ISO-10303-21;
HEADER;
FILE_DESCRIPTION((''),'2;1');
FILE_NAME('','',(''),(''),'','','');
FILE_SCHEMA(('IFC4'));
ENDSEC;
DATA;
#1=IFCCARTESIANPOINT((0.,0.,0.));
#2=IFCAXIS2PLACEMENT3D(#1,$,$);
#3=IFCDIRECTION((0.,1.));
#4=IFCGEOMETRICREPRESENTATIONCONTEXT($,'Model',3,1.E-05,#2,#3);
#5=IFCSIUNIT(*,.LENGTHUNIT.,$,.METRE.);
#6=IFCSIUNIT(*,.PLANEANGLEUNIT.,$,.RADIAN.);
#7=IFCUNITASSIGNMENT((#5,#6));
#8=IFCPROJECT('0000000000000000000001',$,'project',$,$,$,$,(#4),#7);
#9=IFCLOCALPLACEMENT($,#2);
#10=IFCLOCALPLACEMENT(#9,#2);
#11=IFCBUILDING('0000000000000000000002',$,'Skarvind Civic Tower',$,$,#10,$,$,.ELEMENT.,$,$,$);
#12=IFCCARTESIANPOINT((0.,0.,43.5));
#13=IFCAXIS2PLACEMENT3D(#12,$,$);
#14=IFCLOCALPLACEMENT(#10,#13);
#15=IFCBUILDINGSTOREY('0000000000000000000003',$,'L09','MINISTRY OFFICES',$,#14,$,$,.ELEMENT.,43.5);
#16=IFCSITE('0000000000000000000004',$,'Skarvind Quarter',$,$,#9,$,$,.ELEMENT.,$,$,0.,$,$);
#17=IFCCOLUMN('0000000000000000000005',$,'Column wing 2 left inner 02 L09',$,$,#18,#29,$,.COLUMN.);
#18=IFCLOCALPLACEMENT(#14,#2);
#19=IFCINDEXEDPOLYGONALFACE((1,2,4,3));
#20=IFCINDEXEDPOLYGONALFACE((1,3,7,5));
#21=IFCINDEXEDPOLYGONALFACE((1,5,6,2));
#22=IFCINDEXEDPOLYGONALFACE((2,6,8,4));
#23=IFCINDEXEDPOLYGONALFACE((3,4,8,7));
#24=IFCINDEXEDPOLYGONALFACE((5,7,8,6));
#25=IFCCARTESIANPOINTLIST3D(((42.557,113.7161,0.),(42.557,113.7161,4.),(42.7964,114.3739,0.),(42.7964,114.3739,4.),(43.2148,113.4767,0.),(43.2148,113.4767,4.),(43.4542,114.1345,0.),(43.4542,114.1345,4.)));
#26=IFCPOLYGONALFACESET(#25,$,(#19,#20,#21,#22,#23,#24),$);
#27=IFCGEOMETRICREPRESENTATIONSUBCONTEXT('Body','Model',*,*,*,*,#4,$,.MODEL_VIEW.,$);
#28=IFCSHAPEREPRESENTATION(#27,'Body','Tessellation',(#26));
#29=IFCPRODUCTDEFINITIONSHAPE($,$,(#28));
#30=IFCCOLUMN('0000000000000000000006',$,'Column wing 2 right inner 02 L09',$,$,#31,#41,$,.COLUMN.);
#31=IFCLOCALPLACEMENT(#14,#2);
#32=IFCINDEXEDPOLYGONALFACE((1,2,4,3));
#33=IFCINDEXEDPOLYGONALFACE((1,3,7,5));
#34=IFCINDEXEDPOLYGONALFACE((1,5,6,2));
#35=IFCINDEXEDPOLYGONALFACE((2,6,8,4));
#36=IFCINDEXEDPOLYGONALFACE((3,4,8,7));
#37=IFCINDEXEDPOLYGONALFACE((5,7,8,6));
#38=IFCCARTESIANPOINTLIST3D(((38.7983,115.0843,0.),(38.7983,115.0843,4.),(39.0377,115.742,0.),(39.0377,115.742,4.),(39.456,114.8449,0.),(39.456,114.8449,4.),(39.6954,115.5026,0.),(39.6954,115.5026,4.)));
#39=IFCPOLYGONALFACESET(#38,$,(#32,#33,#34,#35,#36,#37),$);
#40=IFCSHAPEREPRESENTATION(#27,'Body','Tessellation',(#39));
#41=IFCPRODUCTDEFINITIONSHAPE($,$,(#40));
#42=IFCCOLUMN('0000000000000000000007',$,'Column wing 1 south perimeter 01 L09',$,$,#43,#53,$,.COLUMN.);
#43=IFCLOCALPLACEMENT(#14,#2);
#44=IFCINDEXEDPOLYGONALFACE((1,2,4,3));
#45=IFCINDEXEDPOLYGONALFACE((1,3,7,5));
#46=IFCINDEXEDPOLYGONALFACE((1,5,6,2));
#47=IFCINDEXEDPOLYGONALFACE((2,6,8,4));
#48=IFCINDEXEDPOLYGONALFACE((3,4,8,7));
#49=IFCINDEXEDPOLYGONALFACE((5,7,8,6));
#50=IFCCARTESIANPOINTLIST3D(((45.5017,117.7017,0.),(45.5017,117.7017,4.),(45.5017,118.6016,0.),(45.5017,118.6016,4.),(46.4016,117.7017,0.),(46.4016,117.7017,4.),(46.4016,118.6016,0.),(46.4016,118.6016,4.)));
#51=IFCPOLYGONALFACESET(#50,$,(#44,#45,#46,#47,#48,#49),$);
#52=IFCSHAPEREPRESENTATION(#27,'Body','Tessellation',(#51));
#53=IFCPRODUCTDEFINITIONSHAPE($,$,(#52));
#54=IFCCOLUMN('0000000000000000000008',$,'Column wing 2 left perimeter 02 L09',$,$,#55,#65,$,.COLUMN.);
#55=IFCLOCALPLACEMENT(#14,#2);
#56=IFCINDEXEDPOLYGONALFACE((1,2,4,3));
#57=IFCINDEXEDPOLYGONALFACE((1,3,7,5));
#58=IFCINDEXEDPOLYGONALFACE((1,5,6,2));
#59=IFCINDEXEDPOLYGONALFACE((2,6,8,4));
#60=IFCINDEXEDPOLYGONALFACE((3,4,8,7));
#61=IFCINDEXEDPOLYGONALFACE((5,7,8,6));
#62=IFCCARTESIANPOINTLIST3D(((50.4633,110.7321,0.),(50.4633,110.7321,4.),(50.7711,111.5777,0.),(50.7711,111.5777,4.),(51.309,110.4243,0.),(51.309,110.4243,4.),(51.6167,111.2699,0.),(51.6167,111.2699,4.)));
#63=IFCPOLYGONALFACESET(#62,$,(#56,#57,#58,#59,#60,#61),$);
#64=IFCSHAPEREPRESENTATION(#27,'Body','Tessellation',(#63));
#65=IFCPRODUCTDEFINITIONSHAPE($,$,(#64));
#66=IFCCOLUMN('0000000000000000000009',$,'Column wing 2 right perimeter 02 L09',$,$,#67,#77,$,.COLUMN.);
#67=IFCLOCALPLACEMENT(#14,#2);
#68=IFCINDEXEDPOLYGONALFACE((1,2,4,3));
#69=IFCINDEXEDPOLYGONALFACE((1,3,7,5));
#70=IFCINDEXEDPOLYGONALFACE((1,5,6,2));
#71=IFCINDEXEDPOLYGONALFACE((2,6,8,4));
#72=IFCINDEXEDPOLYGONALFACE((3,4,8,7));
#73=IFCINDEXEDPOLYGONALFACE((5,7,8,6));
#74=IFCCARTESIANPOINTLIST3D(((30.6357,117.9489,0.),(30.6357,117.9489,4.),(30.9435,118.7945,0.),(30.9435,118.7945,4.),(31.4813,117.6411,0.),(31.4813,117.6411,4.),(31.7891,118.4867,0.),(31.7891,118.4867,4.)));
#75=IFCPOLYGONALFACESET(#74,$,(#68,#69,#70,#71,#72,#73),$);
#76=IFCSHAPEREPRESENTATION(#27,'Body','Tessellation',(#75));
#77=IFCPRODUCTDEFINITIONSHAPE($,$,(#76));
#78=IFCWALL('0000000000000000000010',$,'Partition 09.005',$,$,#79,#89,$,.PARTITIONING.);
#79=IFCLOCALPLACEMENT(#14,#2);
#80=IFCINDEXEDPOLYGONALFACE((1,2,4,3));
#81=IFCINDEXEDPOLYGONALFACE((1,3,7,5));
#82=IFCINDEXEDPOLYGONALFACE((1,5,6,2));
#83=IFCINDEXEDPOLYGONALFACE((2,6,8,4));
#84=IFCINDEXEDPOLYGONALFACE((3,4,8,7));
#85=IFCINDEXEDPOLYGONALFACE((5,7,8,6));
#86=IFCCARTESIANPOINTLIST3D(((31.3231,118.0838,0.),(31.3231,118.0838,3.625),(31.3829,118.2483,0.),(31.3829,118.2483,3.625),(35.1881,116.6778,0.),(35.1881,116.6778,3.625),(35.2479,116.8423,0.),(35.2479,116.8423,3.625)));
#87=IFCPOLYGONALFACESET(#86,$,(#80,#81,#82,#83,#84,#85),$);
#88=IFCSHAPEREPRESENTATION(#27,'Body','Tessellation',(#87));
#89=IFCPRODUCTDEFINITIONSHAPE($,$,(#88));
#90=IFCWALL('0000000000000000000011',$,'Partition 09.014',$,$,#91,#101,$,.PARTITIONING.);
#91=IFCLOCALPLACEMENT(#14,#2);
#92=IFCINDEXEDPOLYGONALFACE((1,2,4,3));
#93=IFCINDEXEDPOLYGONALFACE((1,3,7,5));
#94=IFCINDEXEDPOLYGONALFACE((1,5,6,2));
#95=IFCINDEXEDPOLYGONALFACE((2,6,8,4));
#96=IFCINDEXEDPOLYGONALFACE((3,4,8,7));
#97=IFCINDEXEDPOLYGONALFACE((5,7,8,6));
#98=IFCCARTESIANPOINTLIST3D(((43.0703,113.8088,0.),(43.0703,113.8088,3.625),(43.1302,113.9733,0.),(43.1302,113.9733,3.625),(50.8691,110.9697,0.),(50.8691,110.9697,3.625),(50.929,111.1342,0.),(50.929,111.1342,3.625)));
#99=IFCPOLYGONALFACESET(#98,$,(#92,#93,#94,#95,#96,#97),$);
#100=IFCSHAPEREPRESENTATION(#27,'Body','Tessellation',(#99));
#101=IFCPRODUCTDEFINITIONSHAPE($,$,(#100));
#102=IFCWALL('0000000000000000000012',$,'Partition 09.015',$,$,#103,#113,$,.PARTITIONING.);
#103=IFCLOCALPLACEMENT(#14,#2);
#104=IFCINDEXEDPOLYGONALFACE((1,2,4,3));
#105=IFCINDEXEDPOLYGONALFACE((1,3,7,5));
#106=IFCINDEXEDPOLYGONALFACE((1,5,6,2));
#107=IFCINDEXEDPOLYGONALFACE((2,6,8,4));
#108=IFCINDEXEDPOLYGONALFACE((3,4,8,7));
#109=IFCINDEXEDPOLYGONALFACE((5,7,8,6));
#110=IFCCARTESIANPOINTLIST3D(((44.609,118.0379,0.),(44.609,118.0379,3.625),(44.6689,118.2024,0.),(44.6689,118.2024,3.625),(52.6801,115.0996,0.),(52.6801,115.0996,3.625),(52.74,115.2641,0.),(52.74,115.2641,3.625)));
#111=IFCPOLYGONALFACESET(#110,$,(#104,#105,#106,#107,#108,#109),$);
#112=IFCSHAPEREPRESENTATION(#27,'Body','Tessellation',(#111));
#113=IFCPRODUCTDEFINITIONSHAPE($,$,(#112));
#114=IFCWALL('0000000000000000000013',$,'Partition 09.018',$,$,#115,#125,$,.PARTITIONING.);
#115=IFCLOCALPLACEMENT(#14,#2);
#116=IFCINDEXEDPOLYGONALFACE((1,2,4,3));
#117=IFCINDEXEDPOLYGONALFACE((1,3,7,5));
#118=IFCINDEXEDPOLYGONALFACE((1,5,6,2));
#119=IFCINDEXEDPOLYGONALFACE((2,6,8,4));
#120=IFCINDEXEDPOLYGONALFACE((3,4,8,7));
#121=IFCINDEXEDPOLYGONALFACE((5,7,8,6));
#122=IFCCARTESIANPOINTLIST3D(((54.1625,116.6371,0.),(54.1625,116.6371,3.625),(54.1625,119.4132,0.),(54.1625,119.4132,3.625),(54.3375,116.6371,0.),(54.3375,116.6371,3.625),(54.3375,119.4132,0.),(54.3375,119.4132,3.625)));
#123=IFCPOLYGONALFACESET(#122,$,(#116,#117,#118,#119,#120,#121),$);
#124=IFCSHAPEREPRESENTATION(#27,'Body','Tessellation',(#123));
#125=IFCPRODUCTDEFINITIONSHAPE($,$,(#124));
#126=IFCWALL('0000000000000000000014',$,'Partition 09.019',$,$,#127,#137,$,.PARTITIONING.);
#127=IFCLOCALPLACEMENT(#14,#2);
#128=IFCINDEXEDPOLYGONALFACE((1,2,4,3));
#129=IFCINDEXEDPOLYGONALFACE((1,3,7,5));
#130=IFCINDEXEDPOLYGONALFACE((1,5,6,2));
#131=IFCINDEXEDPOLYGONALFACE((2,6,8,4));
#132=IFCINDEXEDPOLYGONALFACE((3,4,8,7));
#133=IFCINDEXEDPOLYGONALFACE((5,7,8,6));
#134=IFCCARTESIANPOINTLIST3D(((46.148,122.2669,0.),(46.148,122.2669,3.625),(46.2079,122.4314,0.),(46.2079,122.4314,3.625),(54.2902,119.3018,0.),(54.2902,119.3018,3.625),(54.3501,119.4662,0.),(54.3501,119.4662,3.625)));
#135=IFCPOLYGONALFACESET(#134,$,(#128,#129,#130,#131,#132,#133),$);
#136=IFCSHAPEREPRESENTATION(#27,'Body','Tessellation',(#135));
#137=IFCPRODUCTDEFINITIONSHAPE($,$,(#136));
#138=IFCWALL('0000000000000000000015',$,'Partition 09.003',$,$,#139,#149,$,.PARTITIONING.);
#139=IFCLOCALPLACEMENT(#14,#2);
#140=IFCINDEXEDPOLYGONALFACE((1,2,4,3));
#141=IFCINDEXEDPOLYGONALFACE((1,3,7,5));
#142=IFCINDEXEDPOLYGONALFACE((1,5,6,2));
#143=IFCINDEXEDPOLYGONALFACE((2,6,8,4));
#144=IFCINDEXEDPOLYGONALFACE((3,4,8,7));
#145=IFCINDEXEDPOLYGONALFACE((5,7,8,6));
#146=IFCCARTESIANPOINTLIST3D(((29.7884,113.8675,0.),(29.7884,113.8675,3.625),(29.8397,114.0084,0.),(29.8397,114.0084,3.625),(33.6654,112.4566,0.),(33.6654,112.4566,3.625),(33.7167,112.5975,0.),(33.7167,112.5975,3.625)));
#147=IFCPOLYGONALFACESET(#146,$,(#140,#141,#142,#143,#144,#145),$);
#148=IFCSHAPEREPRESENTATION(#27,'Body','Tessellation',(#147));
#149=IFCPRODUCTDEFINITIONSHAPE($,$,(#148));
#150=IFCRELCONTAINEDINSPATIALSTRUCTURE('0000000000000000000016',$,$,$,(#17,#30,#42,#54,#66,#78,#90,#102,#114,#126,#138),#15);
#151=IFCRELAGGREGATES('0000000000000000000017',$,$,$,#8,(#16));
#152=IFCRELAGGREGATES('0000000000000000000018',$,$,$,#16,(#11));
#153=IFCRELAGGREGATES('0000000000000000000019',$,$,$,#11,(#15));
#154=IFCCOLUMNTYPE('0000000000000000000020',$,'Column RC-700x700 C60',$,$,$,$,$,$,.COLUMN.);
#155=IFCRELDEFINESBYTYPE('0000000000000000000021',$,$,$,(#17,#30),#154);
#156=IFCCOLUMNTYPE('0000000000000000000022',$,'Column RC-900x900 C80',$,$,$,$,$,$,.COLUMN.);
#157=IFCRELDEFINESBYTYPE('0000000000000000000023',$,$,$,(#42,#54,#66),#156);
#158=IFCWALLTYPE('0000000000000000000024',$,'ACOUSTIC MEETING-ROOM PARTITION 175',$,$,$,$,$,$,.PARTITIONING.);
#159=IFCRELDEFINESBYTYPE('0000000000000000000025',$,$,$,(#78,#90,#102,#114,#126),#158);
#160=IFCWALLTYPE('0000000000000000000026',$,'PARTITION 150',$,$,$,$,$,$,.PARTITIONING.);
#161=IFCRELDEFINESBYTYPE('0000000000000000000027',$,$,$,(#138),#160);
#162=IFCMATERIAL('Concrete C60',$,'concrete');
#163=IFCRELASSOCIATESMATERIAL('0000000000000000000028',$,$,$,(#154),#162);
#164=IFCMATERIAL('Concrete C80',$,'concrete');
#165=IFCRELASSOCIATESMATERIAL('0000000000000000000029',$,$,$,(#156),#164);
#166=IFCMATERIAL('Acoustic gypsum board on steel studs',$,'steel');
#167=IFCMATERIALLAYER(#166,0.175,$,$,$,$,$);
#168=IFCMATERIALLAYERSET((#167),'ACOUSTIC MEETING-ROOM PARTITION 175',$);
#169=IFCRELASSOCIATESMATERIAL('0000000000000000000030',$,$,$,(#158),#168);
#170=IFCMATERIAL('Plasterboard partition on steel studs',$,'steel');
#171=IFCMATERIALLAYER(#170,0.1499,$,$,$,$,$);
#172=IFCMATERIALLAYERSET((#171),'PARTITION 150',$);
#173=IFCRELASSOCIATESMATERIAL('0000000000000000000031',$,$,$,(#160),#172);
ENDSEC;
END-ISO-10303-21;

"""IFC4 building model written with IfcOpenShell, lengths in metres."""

from ifc_helpers import new_model, si_unit, direction, frame, frame_2d, origin, origin_2d, place, context, subcontext, project, spatial, rectangle, extrude, material, layer, layer_set, material_profile, profile_set, type_object, element, save


model = new_model("IFC4")

# Units and contexts
model_context = context("Model", 3, precision=1e-05, world=origin(), true_north=direction((0.0, 1.0)))
body_context = subcontext(model_context, "Body", "Model", "MODEL_VIEW")
ifc_project = project(units=[si_unit("LENGTHUNIT", "METRE"), si_unit("PLANEANGLEUNIT", "RADIAN")], contexts=[model_context])

# Site, building, storey
site_placement = place(None, origin())
site = spatial("IfcSite", under=ifc_project, at=site_placement, Name="Skarvind Quarter", CompositionType="ELEMENT", RefElevation=0.0)
building_placement = place(site_placement, origin())
building = spatial("IfcBuilding", under=site, at=building_placement, Name="Skarvind Civic Tower", CompositionType="ELEMENT")
storey_placement = place(building_placement, frame((0.0, 0.0, 43.5)))
storey = spatial("IfcBuildingStorey", under=building, at=storey_placement, Name="L09", Description="MINISTRY OFFICES", CompositionType="ELEMENT", Elevation=43.5)

# Columns
ifc_material_1 = material(Name="Concrete C60", Category="concrete")
ifc_material_profile_1 = material_profile(ifc_material_1, rectangle(XDim=0.7, YDim=0.7, at=origin_2d()), Name="RC-700x700")
ifc_profile_set_1 = profile_set([ifc_material_profile_1], Name="Concrete C60")
column_type_1 = type_object("IfcColumnType", Name="Column RC-700x700 C60", PredefinedType="COLUMN", material=ifc_profile_set_1)
for number, where, z_axis, x_axis, name in (
    (1, (43.0056, 113.9253, 0.0), (0.0, 0.0, 1.0), (-0.34202, -0.939693, 0.0), "Column wing 2 left inner 02 L09"),
    (2, (39.2468, 115.2935, 0.0), (0.0, 0.0, 1.0), (-0.34202, -0.939693, 0.0), "Column wing 2 right inner 02 L09"),
):
    element("IfcColumn", number, at=place(storey_placement, frame(where, z_axis=z_axis, x_axis=x_axis)), inside=storey, type_object=column_type_1, Name=name, PredefinedType="COLUMN", context=body_context, shape_type="SweptSolid", body=[
        extrude(rectangle(XDim=0.7, YDim=0.7, at=origin_2d()), origin(), (0.0, 0.0, 1.0), 4.0),
    ])
ifc_material_2 = material(Name="Concrete C80", Category="concrete")
ifc_material_profile_2 = material_profile(ifc_material_2, rectangle(XDim=0.8999, YDim=0.8999, at=origin_2d()), Name="RC-900x900")
ifc_profile_set_2 = profile_set([ifc_material_profile_2], Name="Concrete C80")
column_type_2 = type_object("IfcColumnType", Name="Column RC-900x900 C80", PredefinedType="COLUMN", material=ifc_profile_set_2)
for number, where, z_axis, x_axis, name in (
    (3, (45.9517, 118.1516, 0.0), (0.0, 0.0, 1.0), (1.0, 0.0, 0.0), "Column wing 1 south perimeter 01 L09"),
    (4, (51.04, 111.001, 0.0), (0.0, 0.0, 1.0), (-0.34202, -0.939693, 0.0), "Column wing 2 left perimeter 02 L09"),
    (5, (31.2124, 118.2178, 0.0), (0.0, 0.0, 1.0), (-0.34202, -0.939693, 0.0), "Column wing 2 right perimeter 02 L09"),
):
    element("IfcColumn", number, at=place(storey_placement, frame(where, z_axis=z_axis, x_axis=x_axis)), inside=storey, type_object=column_type_2, Name=name, PredefinedType="COLUMN", context=body_context, shape_type="SweptSolid", body=[
        extrude(rectangle(XDim=0.8999, YDim=0.8999, at=origin_2d()), origin(), (0.0, 0.0, 1.0), 4.0),
    ])

# Walls
ifc_material_3 = material(Name="Acoustic gypsum board on steel studs", Category="steel")
ifc_layer_1 = layer(ifc_material_3, 0.175)
ifc_layer_set_1 = layer_set([ifc_layer_1], Name="ACOUSTIC MEETING-ROOM PARTITION 175")
wall_type_1 = type_object("IfcWallType", Name="ACOUSTIC MEETING-ROOM PARTITION 175", PredefinedType="PARTITIONING", material=ifc_layer_set_1)
wall_1_placement = place(storey_placement, frame((31.353, 118.166, 0.0), z_axis=(0.0, 0.0, 1.0), x_axis=(0.93975, -0.341862, 0.0)))
element("IfcWall", 6, at=wall_1_placement, inside=storey, type_object=wall_type_1, Name="Partition 09.005", PredefinedType="PARTITIONING", context=body_context, shape_type="SweptSolid", body=[
    extrude(rectangle(XDim=4.1128, YDim=0.175, at=frame_2d((2.0564, 0.0))), origin(), (0.0, 0.0, 1.0), 3.625),
])
wall_2_placement = place(storey_placement, frame((43.1001, 113.8911, 0.0), z_axis=(0.0, 0.0, 1.0), x_axis=(0.939671, -0.342081, 0.0)))
element("IfcWall", 7, at=wall_2_placement, inside=storey, type_object=wall_type_1, Name="Partition 09.014", PredefinedType="PARTITIONING", context=body_context, shape_type="SweptSolid", body=[
    extrude(rectangle(XDim=8.2996, YDim=0.175, at=frame_2d((4.1499, 0.0))), origin(), (0.0, 0.0, 1.0), 3.625),
])
wall_3_placement = place(storey_placement, frame((44.6389, 118.1201, 0.0), z_axis=(0.0, 0.0, 1.0), x_axis=(0.93967, -0.342083, 0.0)))
element("IfcWall", 8, at=wall_3_placement, inside=storey, type_object=wall_type_1, Name="Partition 09.015", PredefinedType="PARTITIONING", context=body_context, shape_type="SweptSolid", body=[
    extrude(rectangle(XDim=8.5894, YDim=0.175, at=frame_2d((4.2947, 0.0))), origin(), (0.0, 0.0, 1.0), 3.625),
])
wall_4_placement = place(storey_placement, frame((54.25, 116.637, 0.0), z_axis=(0.0, 0.0, 1.0), x_axis=(0.0, 1.0, 0.0)))
element("IfcWall", 9, at=wall_4_placement, inside=storey, type_object=wall_type_1, Name="Partition 09.018", PredefinedType="PARTITIONING", context=body_context, shape_type="SweptSolid", body=[
    extrude(rectangle(XDim=2.7761, YDim=0.175, at=frame_2d((1.3882, 0.0))), origin(), (0.0, 0.0, 1.0), 3.625),
])
wall_5_placement = place(storey_placement, frame((54.3201, 119.384, 0.0), z_axis=(0.0, 0.0, 1.0), x_axis=(-0.939633, 0.342184, 0.0)))
element("IfcWall", 10, at=wall_5_placement, inside=storey, type_object=wall_type_1, Name="Partition 09.019", PredefinedType="PARTITIONING", context=body_context, shape_type="SweptSolid", body=[
    extrude(rectangle(XDim=8.6653, YDim=0.175, at=frame_2d((4.3325, 0.0))), origin(), (0.0, 0.0, 1.0), 3.625),
])
ifc_material_4 = material(Name="Plasterboard partition on steel studs", Category="steel")
ifc_layer_2 = layer(ifc_material_4, 0.1499)
ifc_layer_set_2 = layer_set([ifc_layer_2], Name="PARTITION 150")
wall_type_2 = type_object("IfcWallType", Name="PARTITION 150", PredefinedType="PARTITIONING", material=ifc_layer_set_2)
wall_6_placement = place(storey_placement, frame((29.814, 113.938, 0.0), z_axis=(0.0, 0.0, 1.0), x_axis=(0.939709, -0.341976, 0.0)))
element("IfcWall", 11, at=wall_6_placement, inside=storey, type_object=wall_type_2, Name="Partition 09.003", PredefinedType="PARTITIONING", context=body_context, shape_type="SweptSolid", body=[
    extrude(rectangle(XDim=4.1257, YDim=0.1499, at=frame_2d((2.063, 0.0))), origin(), (0.0, 0.0, 1.0), 3.625),
])

save(model, "model.ifc")
